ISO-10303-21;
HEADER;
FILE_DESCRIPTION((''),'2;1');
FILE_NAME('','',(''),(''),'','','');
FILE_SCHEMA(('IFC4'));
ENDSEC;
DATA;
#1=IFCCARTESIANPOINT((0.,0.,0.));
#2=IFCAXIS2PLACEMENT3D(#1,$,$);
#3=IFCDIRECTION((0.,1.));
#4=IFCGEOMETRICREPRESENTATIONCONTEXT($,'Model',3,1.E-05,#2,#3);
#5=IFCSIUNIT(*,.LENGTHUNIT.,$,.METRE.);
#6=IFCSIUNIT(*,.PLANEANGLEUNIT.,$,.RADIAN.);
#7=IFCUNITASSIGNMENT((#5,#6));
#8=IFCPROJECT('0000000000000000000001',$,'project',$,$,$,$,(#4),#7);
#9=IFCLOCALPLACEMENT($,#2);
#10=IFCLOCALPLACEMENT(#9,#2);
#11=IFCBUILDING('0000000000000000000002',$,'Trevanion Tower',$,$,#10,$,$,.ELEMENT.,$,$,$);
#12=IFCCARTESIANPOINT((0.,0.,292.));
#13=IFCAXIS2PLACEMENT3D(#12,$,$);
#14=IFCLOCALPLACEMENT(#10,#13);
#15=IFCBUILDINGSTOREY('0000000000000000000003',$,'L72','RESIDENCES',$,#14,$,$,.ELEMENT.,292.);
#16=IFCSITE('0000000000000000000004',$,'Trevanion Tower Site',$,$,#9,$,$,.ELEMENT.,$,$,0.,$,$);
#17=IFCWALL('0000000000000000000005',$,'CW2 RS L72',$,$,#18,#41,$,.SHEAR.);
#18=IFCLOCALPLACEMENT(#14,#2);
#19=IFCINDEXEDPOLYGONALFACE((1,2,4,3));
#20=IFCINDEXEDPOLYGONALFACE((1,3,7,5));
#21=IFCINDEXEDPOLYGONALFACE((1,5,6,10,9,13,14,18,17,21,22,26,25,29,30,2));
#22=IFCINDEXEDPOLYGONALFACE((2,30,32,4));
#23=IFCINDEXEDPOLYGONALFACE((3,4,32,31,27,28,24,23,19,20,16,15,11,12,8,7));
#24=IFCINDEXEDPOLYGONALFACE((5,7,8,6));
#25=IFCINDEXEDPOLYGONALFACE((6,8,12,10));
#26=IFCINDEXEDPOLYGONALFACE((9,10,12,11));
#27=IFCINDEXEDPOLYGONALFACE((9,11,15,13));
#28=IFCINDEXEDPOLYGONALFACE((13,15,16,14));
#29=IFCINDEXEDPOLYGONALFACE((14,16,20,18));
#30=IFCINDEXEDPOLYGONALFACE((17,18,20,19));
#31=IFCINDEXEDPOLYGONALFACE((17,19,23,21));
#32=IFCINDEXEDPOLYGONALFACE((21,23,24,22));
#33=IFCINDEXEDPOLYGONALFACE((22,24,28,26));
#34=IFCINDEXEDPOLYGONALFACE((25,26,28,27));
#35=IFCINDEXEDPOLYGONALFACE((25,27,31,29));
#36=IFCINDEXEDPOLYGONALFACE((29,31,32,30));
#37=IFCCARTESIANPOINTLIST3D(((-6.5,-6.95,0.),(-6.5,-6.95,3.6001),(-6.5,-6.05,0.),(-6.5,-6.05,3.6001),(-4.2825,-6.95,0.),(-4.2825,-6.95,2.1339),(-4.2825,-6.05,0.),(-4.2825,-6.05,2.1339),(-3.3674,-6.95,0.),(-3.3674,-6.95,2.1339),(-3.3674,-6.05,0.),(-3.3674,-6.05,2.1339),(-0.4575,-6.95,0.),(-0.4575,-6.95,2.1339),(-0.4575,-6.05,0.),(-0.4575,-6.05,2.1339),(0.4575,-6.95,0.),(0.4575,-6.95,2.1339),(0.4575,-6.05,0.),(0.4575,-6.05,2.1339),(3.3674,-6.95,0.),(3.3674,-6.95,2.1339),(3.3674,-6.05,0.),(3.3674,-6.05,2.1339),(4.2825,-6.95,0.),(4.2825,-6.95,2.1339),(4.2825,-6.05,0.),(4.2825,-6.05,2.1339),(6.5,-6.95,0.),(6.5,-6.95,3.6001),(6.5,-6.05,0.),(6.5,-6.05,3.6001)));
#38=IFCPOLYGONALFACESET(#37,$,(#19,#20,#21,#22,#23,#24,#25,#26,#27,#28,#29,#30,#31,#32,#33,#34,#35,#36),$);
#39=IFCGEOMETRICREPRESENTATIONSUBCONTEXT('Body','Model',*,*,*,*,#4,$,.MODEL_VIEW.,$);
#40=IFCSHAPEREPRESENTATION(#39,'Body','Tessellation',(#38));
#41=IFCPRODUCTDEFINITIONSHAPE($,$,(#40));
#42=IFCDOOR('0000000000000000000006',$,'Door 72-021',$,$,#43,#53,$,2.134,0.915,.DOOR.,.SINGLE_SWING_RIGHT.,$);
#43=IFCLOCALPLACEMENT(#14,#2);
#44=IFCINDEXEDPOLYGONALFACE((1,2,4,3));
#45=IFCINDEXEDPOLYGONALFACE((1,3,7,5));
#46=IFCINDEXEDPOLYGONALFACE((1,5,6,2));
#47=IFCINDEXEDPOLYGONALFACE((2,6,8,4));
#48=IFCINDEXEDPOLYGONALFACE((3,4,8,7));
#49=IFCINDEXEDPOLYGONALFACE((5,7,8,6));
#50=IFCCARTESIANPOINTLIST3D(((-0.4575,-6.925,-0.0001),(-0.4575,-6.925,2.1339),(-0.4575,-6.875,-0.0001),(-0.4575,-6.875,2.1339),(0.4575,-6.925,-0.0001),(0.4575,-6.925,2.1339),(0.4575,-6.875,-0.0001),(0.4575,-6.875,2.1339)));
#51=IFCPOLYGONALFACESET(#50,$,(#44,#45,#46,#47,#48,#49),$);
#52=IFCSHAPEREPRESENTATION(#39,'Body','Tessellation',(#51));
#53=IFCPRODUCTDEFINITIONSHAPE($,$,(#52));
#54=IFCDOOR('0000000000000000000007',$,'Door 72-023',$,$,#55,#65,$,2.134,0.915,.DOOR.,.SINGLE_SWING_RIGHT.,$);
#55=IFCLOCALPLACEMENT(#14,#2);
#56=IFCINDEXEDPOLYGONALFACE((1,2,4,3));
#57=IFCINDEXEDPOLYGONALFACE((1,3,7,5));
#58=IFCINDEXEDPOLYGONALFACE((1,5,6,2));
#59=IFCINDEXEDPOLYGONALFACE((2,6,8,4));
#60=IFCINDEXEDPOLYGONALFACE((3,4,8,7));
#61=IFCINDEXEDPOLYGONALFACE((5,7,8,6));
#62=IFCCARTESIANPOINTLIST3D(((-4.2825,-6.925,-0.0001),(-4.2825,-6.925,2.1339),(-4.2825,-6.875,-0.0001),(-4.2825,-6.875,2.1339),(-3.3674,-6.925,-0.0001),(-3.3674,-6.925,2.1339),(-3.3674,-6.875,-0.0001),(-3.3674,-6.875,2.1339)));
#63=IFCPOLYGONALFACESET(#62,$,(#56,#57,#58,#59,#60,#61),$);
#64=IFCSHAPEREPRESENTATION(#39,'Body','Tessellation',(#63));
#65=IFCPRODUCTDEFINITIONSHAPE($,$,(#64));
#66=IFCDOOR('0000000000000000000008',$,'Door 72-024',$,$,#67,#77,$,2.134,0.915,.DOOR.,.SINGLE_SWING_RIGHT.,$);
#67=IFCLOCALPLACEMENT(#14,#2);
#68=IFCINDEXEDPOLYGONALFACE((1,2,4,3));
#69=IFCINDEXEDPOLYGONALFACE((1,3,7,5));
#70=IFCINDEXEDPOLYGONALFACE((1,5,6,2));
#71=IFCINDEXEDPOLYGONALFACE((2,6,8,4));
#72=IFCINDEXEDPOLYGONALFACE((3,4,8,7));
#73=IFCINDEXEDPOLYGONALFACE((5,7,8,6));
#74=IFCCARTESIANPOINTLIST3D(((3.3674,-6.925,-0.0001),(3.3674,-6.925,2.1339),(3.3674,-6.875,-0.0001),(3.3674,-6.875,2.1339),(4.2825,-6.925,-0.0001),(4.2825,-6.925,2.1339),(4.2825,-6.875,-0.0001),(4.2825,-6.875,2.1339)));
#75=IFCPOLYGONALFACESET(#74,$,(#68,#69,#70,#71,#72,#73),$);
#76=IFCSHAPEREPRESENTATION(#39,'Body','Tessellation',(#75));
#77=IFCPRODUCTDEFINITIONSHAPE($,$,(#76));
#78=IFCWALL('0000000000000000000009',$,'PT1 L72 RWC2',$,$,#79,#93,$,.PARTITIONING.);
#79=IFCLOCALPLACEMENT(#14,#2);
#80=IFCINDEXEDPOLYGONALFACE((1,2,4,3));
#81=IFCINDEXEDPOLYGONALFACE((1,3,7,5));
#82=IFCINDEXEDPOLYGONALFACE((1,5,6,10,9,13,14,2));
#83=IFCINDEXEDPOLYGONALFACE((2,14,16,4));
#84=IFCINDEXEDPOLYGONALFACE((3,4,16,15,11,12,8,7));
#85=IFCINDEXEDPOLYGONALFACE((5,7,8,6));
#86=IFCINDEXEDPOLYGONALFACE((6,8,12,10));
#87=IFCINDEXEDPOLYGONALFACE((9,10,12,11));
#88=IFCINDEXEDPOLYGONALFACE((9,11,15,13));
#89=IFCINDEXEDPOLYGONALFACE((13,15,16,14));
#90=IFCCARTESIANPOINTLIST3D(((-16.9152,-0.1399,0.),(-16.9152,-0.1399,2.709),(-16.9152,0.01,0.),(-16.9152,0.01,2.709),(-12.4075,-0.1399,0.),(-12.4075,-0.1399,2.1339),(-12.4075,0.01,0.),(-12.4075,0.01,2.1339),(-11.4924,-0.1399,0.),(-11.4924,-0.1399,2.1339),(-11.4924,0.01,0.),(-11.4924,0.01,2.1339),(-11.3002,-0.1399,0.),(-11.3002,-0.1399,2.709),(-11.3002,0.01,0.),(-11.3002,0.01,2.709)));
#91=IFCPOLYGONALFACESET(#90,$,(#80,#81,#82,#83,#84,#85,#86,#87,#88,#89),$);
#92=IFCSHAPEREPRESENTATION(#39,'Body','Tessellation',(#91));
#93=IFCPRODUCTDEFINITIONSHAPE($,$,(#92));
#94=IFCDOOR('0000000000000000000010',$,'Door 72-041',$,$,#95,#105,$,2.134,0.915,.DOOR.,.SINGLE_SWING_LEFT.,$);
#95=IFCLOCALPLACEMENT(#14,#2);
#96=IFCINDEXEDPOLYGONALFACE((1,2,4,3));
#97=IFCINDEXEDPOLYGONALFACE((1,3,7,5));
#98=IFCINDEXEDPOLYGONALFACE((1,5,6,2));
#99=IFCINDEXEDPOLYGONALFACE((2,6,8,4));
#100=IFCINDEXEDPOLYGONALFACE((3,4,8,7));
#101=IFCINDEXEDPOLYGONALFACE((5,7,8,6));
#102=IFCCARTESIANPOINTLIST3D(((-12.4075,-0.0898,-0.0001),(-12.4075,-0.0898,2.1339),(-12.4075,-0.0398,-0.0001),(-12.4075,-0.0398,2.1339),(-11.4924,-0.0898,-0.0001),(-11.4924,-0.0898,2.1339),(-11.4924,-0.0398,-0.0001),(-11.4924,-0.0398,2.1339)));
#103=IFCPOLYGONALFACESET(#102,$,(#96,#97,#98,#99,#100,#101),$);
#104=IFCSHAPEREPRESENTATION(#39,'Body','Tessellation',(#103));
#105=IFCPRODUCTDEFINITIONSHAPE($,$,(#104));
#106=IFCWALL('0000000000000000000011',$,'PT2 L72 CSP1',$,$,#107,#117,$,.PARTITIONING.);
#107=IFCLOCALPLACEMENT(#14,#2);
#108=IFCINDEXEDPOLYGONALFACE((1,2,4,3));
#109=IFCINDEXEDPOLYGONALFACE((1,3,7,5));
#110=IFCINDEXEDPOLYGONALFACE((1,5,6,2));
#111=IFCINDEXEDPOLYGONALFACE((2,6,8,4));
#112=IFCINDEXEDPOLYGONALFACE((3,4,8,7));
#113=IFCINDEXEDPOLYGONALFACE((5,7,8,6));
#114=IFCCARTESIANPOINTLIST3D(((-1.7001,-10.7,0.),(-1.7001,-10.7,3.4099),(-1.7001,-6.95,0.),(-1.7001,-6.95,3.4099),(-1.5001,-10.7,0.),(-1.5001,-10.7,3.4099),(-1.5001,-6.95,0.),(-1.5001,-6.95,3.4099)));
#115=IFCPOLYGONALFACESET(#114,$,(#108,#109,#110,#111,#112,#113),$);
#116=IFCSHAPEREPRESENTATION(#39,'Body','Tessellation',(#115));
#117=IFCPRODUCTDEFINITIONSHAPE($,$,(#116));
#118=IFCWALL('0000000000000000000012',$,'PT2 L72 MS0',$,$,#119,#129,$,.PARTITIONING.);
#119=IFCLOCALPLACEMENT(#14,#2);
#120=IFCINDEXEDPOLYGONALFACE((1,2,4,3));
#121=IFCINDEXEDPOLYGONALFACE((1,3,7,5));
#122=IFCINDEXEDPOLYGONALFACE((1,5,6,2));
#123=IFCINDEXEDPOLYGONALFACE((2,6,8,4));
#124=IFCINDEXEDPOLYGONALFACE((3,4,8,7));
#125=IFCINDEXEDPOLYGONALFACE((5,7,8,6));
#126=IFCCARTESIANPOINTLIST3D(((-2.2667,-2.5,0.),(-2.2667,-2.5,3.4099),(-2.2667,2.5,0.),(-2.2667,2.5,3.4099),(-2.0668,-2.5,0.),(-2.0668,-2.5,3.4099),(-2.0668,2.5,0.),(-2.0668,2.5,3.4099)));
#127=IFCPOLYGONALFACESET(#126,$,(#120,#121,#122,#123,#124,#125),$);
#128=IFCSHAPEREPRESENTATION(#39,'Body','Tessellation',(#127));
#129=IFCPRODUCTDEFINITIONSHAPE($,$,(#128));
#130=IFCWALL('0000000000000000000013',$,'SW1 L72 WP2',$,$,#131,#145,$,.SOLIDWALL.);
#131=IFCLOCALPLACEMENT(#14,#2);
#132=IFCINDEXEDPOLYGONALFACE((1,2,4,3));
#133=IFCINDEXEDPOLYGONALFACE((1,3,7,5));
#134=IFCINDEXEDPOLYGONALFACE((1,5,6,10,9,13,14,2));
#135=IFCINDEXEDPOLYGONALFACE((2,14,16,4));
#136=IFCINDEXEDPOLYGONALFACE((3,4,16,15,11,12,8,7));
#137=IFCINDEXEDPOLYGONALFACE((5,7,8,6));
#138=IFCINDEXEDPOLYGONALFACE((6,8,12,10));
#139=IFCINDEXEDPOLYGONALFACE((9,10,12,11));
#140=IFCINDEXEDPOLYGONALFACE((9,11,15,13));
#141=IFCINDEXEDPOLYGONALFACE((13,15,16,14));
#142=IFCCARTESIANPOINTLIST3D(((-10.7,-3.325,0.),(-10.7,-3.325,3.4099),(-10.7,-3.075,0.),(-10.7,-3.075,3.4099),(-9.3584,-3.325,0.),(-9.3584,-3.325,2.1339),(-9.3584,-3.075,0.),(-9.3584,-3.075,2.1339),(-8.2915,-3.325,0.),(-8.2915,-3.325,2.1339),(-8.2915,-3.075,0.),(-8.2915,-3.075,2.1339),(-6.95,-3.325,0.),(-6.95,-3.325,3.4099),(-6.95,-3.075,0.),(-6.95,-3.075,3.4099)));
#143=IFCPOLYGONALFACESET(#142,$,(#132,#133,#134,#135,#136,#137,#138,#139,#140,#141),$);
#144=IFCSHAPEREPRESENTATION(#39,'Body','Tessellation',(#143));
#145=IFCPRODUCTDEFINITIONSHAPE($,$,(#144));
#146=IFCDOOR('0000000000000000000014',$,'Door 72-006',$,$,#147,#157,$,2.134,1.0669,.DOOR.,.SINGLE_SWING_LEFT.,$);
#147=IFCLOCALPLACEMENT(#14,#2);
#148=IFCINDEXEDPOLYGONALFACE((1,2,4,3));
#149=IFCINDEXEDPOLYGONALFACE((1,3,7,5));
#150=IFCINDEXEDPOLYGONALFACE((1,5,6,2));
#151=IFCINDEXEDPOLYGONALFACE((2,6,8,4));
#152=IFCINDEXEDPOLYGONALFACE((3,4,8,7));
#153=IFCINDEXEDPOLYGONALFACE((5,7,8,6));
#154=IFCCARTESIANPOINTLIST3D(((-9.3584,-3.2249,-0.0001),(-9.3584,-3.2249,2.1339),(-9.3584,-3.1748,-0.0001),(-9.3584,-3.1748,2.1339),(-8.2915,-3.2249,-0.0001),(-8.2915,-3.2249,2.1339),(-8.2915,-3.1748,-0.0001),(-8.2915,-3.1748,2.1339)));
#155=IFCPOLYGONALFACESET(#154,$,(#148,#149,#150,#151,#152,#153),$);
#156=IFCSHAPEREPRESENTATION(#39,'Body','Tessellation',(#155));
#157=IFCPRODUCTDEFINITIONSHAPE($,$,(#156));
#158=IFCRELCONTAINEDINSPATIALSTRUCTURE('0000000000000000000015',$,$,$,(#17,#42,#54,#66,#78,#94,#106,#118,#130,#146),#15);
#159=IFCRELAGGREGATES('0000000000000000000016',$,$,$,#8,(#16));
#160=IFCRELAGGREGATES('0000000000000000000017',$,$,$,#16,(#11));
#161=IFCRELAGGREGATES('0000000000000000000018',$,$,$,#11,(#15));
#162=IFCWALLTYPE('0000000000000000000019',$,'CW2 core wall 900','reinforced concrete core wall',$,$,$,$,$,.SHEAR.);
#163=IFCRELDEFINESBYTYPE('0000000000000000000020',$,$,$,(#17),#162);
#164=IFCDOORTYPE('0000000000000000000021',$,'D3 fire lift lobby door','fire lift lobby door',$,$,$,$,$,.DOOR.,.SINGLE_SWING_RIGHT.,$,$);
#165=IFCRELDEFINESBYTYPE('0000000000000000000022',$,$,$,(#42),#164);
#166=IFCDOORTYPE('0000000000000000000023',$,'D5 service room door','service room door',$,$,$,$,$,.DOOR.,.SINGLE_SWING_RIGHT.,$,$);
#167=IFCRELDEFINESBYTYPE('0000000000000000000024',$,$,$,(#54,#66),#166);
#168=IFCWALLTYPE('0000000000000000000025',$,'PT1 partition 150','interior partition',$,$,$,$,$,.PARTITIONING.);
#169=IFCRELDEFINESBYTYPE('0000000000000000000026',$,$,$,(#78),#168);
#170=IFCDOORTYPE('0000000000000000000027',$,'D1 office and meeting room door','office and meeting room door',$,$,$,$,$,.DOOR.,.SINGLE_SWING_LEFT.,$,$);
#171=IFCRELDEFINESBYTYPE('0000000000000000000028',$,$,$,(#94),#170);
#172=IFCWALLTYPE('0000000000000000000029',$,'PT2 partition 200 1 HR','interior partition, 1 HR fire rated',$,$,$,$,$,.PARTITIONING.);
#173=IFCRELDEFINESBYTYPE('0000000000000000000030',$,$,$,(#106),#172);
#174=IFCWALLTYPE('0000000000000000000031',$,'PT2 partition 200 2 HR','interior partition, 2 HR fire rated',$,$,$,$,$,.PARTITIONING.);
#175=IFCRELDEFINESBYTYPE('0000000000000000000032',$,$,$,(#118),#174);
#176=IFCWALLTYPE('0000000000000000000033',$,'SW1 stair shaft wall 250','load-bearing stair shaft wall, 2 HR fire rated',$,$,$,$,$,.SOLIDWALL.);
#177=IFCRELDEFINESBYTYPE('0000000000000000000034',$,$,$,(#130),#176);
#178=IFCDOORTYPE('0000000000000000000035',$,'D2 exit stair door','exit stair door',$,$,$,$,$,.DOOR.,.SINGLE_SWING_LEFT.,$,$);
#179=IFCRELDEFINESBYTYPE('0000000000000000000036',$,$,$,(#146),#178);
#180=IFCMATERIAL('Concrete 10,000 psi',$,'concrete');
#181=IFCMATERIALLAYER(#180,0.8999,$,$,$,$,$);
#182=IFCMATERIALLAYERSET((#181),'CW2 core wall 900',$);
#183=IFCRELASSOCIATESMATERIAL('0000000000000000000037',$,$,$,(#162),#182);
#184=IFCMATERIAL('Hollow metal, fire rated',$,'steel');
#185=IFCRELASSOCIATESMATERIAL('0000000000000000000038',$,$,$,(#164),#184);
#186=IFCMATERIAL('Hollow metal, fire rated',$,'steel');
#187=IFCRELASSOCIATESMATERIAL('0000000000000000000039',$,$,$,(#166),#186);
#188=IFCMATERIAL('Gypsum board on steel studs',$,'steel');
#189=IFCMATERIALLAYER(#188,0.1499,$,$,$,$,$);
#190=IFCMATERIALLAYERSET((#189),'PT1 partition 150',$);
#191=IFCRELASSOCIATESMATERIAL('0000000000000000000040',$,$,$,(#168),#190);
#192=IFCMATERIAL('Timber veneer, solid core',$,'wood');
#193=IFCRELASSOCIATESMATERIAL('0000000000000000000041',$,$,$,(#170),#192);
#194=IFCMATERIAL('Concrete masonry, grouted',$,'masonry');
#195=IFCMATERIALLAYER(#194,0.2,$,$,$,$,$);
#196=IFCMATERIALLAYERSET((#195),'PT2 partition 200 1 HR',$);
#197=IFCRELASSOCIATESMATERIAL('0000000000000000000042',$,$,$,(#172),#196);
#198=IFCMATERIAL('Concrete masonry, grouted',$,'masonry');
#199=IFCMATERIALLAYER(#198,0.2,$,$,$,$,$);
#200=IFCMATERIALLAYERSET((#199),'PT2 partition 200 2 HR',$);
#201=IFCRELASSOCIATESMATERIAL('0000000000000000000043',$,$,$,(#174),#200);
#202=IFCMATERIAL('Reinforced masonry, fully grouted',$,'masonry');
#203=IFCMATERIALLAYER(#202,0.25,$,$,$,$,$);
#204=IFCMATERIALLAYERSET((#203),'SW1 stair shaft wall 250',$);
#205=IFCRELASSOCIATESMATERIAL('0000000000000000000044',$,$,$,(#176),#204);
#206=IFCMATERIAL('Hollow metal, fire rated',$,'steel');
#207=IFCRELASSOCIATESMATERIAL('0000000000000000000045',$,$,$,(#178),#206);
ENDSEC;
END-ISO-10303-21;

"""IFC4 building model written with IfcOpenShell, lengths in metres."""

from ifc_helpers import new_model, si_unit, direction, frame, frame_2d, origin, place, context, subcontext, project, spatial, rectangle, extrude, material, layer, layer_set, type_object, element, fill, save


model = new_model("IFC4")

# Units and contexts
model_context = context("Model", 3, precision=1e-05, world=origin(), true_north=direction((0.0, 1.0)))
body_context = subcontext(model_context, "Body", "Model", "MODEL_VIEW")
ifc_project = project(units=[si_unit("LENGTHUNIT", "METRE"), si_unit("PLANEANGLEUNIT", "RADIAN")], contexts=[model_context])

# Site, building, storey
site_placement = place(None, origin())
site = spatial("IfcSite", under=ifc_project, at=site_placement, Name="Trevanion Tower Site", CompositionType="ELEMENT", RefElevation=0.0)
building_placement = place(site_placement, origin())
building = spatial("IfcBuilding", under=site, at=building_placement, Name="Trevanion Tower", CompositionType="ELEMENT")
storey_placement = place(building_placement, frame((0.0, 0.0, 292.0)))
storey = spatial("IfcBuildingStorey", under=building, at=storey_placement, Name="L72", Description="RESIDENCES", CompositionType="ELEMENT", Elevation=292.0)

# Shared definitions
ifc_material_1 = material(Name="Concrete 10,000 psi", Category="concrete")
ifc_layer_1 = layer(ifc_material_1, 0.8999)
ifc_layer_set_1 = layer_set([ifc_layer_1], Name="CW2 core wall 900")
wall_type_1 = type_object("IfcWallType", Name="CW2 core wall 900", Description="reinforced concrete core wall", PredefinedType="SHEAR", material=ifc_layer_set_1)

# Wall, openings, doors
wall_1_placement = place(storey_placement, frame((-6.5, -6.5, 0.0), z_axis=(0.0, 0.0, 1.0), x_axis=(1.0, 0.0, 0.0)))
wall_1 = element("IfcWall", 1, at=wall_1_placement, inside=storey, type_object=wall_type_1, Name="CW2 RS L72", PredefinedType="SHEAR", context=body_context, shape_type="SweptSolid", body=[
    extrude(rectangle(XDim=13.0, YDim=0.8999, at=frame_2d((6.5, 0.0))), origin(), (0.0, 0.0, 1.0), 3.6001),
])
opening_1_placement = place(wall_1_placement, frame((6.0425, 0.0, 0.0)))
opening_1 = element("IfcOpeningElement", 2, at=opening_1_placement, cuts=wall_1, PredefinedType="OPENING", context=body_context, shape_type="SweptSolid", body=[
    extrude(rectangle(XDim=0.915, YDim=2.134, at=frame_2d((0.4575, 1.0669))), frame((0.0, 0.46, 0.0), z_axis=(0.0, -1.0, 0.0), x_axis=(1.0, 0.0, 0.0)), (0.0, 0.0, 1.0), 0.9199),
])
opening_2_placement = place(wall_1_placement, frame((2.2175, 0.0, 0.0)))
opening_2 = element("IfcOpeningElement", 3, at=opening_2_placement, cuts=wall_1, PredefinedType="OPENING", context=body_context, shape_type="SweptSolid", body=[
    extrude(rectangle(XDim=0.915, YDim=2.134, at=frame_2d((0.4575, 1.0669))), frame((0.0, 0.46, 0.0), z_axis=(0.0, -1.0, 0.0), x_axis=(1.0, 0.0, 0.0)), (0.0, 0.0, 1.0), 0.9199),
])
opening_3_placement = place(wall_1_placement, frame((9.8674, 0.0, 0.0)))
opening_3 = element("IfcOpeningElement", 4, at=opening_3_placement, cuts=wall_1, PredefinedType="OPENING", context=body_context, shape_type="SweptSolid", body=[
    extrude(rectangle(XDim=0.915, YDim=2.134, at=frame_2d((0.4575, 1.0669))), frame((0.0, 0.46, 0.0), z_axis=(0.0, -1.0, 0.0), x_axis=(1.0, 0.0, 0.0)), (0.0, 0.0, 1.0), 0.9199),
])
ifc_material_2 = material(Name="Hollow metal, fire rated", Category="steel")
door_type_1 = type_object("IfcDoorType", Name="D3 fire lift lobby door", Description="fire lift lobby door", OperationType="SINGLE_SWING_RIGHT", PredefinedType="DOOR", material=ifc_material_2)
door_1_placement = place(opening_1_placement, origin())
door_1 = element("IfcDoor", 5, at=door_1_placement, inside=storey, type_object=door_type_1, Name="Door 72-021", OperationType="SINGLE_SWING_RIGHT", OverallHeight=2.134, OverallWidth=0.915, PredefinedType="DOOR", context=body_context, shape_type="SweptSolid", body=[
    extrude(rectangle(XDim=0.915, YDim=2.134, at=frame_2d((0.4575, 1.0669))), frame((0.0, -0.375, 0.0), z_axis=(0.0, -1.0, 0.0), x_axis=(1.0, 0.0, 0.0)), (0.0, 0.0, 1.0), 0.05),
])
fill(opening_1, door_1)
ifc_material_3 = material(Name="Hollow metal, fire rated", Category="steel")
door_type_2 = type_object("IfcDoorType", Name="D5 service room door", Description="service room door", OperationType="SINGLE_SWING_RIGHT", PredefinedType="DOOR", material=ifc_material_3)
door_2_placement = place(opening_2_placement, origin())
door_2 = element("IfcDoor", 6, at=door_2_placement, inside=storey, type_object=door_type_2, Name="Door 72-023", OperationType="SINGLE_SWING_RIGHT", OverallHeight=2.134, OverallWidth=0.915, PredefinedType="DOOR", context=body_context, shape_type="SweptSolid", body=[
    extrude(rectangle(XDim=0.915, YDim=2.134, at=frame_2d((0.4575, 1.0669))), frame((0.0, -0.375, 0.0), z_axis=(0.0, -1.0, 0.0), x_axis=(1.0, 0.0, 0.0)), (0.0, 0.0, 1.0), 0.05),
])
fill(opening_2, door_2)
door_3_placement = place(opening_3_placement, origin())
door_3 = element("IfcDoor", 7, at=door_3_placement, inside=storey, type_object=door_type_2, Name="Door 72-024", OperationType="SINGLE_SWING_RIGHT", OverallHeight=2.134, OverallWidth=0.915, PredefinedType="DOOR", context=body_context, shape_type="SweptSolid", body=[
    extrude(rectangle(XDim=0.915, YDim=2.134, at=frame_2d((0.4575, 1.0669))), frame((0.0, -0.375, 0.0), z_axis=(0.0, -1.0, 0.0), x_axis=(1.0, 0.0, 0.0)), (0.0, 0.0, 1.0), 0.05),
])
fill(opening_3, door_3)

# Wall, opening, door
ifc_material_4 = material(Name="Gypsum board on steel studs", Category="steel")
ifc_layer_2 = layer(ifc_material_4, 0.1499)
ifc_layer_set_2 = layer_set([ifc_layer_2], Name="PT1 partition 150")
wall_type_2 = type_object("IfcWallType", Name="PT1 partition 150", Description="interior partition", PredefinedType="PARTITIONING", material=ifc_layer_set_2)
wall_2_placement = place(storey_placement, frame((-11.3, -0.0649, 0.0), z_axis=(0.0, 0.0, 1.0), x_axis=(-1.0, 0.0, 0.0)))
wall_2 = element("IfcWall", 8, at=wall_2_placement, inside=storey, type_object=wall_type_2, Name="PT1 L72 RWC2", PredefinedType="PARTITIONING", context=body_context, shape_type="SweptSolid", body=[
    extrude(rectangle(XDim=5.615, YDim=0.1499, at=frame_2d((2.8076, 0.0))), origin(), (0.0, 0.0, 1.0), 2.709),
])
opening_4_placement = place(wall_2_placement, frame((0.1924, 0.0, 0.0)))
opening_4 = element("IfcOpeningElement", 9, at=opening_4_placement, cuts=wall_2, PredefinedType="OPENING", context=body_context, shape_type="SweptSolid", body=[
    extrude(rectangle(XDim=0.915, YDim=2.134, at=frame_2d((0.4575, 1.0669))), frame((0.0, 0.085, 0.0), z_axis=(0.0, -1.0, 0.0), x_axis=(1.0, 0.0, 0.0)), (0.0, 0.0, 1.0), 0.1699),
])
ifc_material_5 = material(Name="Timber veneer, solid core", Category="wood")
door_type_3 = type_object("IfcDoorType", Name="D1 office and meeting room door", Description="office and meeting room door", OperationType="SINGLE_SWING_LEFT", PredefinedType="DOOR", material=ifc_material_5)
door_4_placement = place(opening_4_placement, origin())
door_4 = element("IfcDoor", 10, at=door_4_placement, inside=storey, type_object=door_type_3, Name="Door 72-041", OperationType="SINGLE_SWING_LEFT", OverallHeight=2.134, OverallWidth=0.915, PredefinedType="DOOR", context=body_context, shape_type="SweptSolid", body=[
    extrude(rectangle(XDim=0.915, YDim=2.134, at=frame_2d((0.4575, 1.0669))), frame((0.0, 0.0249, 0.0), z_axis=(0.0, -1.0, 0.0), x_axis=(1.0, 0.0, 0.0)), (0.0, 0.0, 1.0), 0.05),
])
fill(opening_4, door_4)

# Walls
ifc_material_6 = material(Name="Concrete masonry, grouted", Category="masonry")
ifc_layer_3 = layer(ifc_material_6, 0.2)
ifc_layer_set_3 = layer_set([ifc_layer_3], Name="PT2 partition 200 1 HR")
wall_type_3 = type_object("IfcWallType", Name="PT2 partition 200 1 HR", Description="interior partition, 1 HR fire rated", PredefinedType="PARTITIONING", material=ifc_layer_set_3)
wall_3_placement = place(storey_placement, frame((-1.6001, -6.95, 0.0), z_axis=(0.0, 0.0, 1.0), x_axis=(0.0, -1.0, 0.0)))
element("IfcWall", 11, at=wall_3_placement, inside=storey, type_object=wall_type_3, Name="PT2 L72 CSP1", PredefinedType="PARTITIONING", context=body_context, shape_type="SweptSolid", body=[
    extrude(rectangle(XDim=3.75, YDim=0.2, at=frame_2d((1.875, 0.0))), origin(), (0.0, 0.0, 1.0), 3.4099),
])
ifc_material_7 = material(Name="Concrete masonry, grouted", Category="masonry")
ifc_layer_4 = layer(ifc_material_7, 0.2)
ifc_layer_set_4 = layer_set([ifc_layer_4], Name="PT2 partition 200 2 HR")
wall_type_4 = type_object("IfcWallType", Name="PT2 partition 200 2 HR", Description="interior partition, 2 HR fire rated", PredefinedType="PARTITIONING", material=ifc_layer_set_4)
wall_4_placement = place(storey_placement, frame((-2.1667, -2.5, 0.0), z_axis=(0.0, 0.0, 1.0), x_axis=(0.0, 1.0, 0.0)))
element("IfcWall", 12, at=wall_4_placement, inside=storey, type_object=wall_type_4, Name="PT2 L72 MS0", PredefinedType="PARTITIONING", context=body_context, shape_type="SweptSolid", body=[
    extrude(rectangle(XDim=5.0, YDim=0.2, at=frame_2d((2.5, 0.0))), origin(), (0.0, 0.0, 1.0), 3.4099),
])

# Wall, opening, door
ifc_material_8 = material(Name="Reinforced masonry, fully grouted", Category="masonry")
ifc_layer_5 = layer(ifc_material_8, 0.25)
ifc_layer_set_5 = layer_set([ifc_layer_5], Name="SW1 stair shaft wall 250")
wall_type_5 = type_object("IfcWallType", Name="SW1 stair shaft wall 250", Description="load-bearing stair shaft wall, 2 HR fire rated", PredefinedType="SOLIDWALL", material=ifc_layer_set_5)
wall_5_placement = place(storey_placement, frame((-6.95, -3.2, 0.0), z_axis=(0.0, 0.0, 1.0), x_axis=(-1.0, 0.0, 0.0)))
wall_5 = element("IfcWall", 13, at=wall_5_placement, inside=storey, type_object=wall_type_5, Name="SW1 L72 WP2", PredefinedType="SOLIDWALL", context=body_context, shape_type="SweptSolid", body=[
    extrude(rectangle(XDim=3.75, YDim=0.25, at=frame_2d((1.875, 0.0))), origin(), (0.0, 0.0, 1.0), 3.4099),
])
opening_5_placement = place(wall_5_placement, frame((1.3416, 0.0, 0.0)))
opening_5 = element("IfcOpeningElement", 14, at=opening_5_placement, cuts=wall_5, PredefinedType="OPENING", context=body_context, shape_type="SweptSolid", body=[
    extrude(rectangle(XDim=1.0669, YDim=2.134, at=frame_2d((0.5334, 1.0669))), frame((0.0, 0.135, 0.0), z_axis=(0.0, -1.0, 0.0), x_axis=(1.0, 0.0, 0.0)), (0.0, 0.0, 1.0), 0.27),
])
ifc_material_9 = material(Name="Hollow metal, fire rated", Category="steel")
door_type_4 = type_object("IfcDoorType", Name="D2 exit stair door", Description="exit stair door", OperationType="SINGLE_SWING_LEFT", PredefinedType="DOOR", material=ifc_material_9)
door_5_placement = place(opening_5_placement, origin())
door_5 = element("IfcDoor", 15, at=door_5_placement, inside=storey, type_object=door_type_4, Name="Door 72-006", OperationType="SINGLE_SWING_LEFT", OverallHeight=2.134, OverallWidth=1.0669, PredefinedType="DOOR", context=body_context, shape_type="SweptSolid", body=[
    extrude(rectangle(XDim=1.0669, YDim=2.134, at=frame_2d((0.5334, 1.0669))), frame((0.0, 0.0249, 0.0), z_axis=(0.0, -1.0, 0.0), x_axis=(1.0, 0.0, 0.0)), (0.0, 0.0, 1.0), 0.05),
])
fill(opening_5, door_5)

save(model, "model.ifc")
